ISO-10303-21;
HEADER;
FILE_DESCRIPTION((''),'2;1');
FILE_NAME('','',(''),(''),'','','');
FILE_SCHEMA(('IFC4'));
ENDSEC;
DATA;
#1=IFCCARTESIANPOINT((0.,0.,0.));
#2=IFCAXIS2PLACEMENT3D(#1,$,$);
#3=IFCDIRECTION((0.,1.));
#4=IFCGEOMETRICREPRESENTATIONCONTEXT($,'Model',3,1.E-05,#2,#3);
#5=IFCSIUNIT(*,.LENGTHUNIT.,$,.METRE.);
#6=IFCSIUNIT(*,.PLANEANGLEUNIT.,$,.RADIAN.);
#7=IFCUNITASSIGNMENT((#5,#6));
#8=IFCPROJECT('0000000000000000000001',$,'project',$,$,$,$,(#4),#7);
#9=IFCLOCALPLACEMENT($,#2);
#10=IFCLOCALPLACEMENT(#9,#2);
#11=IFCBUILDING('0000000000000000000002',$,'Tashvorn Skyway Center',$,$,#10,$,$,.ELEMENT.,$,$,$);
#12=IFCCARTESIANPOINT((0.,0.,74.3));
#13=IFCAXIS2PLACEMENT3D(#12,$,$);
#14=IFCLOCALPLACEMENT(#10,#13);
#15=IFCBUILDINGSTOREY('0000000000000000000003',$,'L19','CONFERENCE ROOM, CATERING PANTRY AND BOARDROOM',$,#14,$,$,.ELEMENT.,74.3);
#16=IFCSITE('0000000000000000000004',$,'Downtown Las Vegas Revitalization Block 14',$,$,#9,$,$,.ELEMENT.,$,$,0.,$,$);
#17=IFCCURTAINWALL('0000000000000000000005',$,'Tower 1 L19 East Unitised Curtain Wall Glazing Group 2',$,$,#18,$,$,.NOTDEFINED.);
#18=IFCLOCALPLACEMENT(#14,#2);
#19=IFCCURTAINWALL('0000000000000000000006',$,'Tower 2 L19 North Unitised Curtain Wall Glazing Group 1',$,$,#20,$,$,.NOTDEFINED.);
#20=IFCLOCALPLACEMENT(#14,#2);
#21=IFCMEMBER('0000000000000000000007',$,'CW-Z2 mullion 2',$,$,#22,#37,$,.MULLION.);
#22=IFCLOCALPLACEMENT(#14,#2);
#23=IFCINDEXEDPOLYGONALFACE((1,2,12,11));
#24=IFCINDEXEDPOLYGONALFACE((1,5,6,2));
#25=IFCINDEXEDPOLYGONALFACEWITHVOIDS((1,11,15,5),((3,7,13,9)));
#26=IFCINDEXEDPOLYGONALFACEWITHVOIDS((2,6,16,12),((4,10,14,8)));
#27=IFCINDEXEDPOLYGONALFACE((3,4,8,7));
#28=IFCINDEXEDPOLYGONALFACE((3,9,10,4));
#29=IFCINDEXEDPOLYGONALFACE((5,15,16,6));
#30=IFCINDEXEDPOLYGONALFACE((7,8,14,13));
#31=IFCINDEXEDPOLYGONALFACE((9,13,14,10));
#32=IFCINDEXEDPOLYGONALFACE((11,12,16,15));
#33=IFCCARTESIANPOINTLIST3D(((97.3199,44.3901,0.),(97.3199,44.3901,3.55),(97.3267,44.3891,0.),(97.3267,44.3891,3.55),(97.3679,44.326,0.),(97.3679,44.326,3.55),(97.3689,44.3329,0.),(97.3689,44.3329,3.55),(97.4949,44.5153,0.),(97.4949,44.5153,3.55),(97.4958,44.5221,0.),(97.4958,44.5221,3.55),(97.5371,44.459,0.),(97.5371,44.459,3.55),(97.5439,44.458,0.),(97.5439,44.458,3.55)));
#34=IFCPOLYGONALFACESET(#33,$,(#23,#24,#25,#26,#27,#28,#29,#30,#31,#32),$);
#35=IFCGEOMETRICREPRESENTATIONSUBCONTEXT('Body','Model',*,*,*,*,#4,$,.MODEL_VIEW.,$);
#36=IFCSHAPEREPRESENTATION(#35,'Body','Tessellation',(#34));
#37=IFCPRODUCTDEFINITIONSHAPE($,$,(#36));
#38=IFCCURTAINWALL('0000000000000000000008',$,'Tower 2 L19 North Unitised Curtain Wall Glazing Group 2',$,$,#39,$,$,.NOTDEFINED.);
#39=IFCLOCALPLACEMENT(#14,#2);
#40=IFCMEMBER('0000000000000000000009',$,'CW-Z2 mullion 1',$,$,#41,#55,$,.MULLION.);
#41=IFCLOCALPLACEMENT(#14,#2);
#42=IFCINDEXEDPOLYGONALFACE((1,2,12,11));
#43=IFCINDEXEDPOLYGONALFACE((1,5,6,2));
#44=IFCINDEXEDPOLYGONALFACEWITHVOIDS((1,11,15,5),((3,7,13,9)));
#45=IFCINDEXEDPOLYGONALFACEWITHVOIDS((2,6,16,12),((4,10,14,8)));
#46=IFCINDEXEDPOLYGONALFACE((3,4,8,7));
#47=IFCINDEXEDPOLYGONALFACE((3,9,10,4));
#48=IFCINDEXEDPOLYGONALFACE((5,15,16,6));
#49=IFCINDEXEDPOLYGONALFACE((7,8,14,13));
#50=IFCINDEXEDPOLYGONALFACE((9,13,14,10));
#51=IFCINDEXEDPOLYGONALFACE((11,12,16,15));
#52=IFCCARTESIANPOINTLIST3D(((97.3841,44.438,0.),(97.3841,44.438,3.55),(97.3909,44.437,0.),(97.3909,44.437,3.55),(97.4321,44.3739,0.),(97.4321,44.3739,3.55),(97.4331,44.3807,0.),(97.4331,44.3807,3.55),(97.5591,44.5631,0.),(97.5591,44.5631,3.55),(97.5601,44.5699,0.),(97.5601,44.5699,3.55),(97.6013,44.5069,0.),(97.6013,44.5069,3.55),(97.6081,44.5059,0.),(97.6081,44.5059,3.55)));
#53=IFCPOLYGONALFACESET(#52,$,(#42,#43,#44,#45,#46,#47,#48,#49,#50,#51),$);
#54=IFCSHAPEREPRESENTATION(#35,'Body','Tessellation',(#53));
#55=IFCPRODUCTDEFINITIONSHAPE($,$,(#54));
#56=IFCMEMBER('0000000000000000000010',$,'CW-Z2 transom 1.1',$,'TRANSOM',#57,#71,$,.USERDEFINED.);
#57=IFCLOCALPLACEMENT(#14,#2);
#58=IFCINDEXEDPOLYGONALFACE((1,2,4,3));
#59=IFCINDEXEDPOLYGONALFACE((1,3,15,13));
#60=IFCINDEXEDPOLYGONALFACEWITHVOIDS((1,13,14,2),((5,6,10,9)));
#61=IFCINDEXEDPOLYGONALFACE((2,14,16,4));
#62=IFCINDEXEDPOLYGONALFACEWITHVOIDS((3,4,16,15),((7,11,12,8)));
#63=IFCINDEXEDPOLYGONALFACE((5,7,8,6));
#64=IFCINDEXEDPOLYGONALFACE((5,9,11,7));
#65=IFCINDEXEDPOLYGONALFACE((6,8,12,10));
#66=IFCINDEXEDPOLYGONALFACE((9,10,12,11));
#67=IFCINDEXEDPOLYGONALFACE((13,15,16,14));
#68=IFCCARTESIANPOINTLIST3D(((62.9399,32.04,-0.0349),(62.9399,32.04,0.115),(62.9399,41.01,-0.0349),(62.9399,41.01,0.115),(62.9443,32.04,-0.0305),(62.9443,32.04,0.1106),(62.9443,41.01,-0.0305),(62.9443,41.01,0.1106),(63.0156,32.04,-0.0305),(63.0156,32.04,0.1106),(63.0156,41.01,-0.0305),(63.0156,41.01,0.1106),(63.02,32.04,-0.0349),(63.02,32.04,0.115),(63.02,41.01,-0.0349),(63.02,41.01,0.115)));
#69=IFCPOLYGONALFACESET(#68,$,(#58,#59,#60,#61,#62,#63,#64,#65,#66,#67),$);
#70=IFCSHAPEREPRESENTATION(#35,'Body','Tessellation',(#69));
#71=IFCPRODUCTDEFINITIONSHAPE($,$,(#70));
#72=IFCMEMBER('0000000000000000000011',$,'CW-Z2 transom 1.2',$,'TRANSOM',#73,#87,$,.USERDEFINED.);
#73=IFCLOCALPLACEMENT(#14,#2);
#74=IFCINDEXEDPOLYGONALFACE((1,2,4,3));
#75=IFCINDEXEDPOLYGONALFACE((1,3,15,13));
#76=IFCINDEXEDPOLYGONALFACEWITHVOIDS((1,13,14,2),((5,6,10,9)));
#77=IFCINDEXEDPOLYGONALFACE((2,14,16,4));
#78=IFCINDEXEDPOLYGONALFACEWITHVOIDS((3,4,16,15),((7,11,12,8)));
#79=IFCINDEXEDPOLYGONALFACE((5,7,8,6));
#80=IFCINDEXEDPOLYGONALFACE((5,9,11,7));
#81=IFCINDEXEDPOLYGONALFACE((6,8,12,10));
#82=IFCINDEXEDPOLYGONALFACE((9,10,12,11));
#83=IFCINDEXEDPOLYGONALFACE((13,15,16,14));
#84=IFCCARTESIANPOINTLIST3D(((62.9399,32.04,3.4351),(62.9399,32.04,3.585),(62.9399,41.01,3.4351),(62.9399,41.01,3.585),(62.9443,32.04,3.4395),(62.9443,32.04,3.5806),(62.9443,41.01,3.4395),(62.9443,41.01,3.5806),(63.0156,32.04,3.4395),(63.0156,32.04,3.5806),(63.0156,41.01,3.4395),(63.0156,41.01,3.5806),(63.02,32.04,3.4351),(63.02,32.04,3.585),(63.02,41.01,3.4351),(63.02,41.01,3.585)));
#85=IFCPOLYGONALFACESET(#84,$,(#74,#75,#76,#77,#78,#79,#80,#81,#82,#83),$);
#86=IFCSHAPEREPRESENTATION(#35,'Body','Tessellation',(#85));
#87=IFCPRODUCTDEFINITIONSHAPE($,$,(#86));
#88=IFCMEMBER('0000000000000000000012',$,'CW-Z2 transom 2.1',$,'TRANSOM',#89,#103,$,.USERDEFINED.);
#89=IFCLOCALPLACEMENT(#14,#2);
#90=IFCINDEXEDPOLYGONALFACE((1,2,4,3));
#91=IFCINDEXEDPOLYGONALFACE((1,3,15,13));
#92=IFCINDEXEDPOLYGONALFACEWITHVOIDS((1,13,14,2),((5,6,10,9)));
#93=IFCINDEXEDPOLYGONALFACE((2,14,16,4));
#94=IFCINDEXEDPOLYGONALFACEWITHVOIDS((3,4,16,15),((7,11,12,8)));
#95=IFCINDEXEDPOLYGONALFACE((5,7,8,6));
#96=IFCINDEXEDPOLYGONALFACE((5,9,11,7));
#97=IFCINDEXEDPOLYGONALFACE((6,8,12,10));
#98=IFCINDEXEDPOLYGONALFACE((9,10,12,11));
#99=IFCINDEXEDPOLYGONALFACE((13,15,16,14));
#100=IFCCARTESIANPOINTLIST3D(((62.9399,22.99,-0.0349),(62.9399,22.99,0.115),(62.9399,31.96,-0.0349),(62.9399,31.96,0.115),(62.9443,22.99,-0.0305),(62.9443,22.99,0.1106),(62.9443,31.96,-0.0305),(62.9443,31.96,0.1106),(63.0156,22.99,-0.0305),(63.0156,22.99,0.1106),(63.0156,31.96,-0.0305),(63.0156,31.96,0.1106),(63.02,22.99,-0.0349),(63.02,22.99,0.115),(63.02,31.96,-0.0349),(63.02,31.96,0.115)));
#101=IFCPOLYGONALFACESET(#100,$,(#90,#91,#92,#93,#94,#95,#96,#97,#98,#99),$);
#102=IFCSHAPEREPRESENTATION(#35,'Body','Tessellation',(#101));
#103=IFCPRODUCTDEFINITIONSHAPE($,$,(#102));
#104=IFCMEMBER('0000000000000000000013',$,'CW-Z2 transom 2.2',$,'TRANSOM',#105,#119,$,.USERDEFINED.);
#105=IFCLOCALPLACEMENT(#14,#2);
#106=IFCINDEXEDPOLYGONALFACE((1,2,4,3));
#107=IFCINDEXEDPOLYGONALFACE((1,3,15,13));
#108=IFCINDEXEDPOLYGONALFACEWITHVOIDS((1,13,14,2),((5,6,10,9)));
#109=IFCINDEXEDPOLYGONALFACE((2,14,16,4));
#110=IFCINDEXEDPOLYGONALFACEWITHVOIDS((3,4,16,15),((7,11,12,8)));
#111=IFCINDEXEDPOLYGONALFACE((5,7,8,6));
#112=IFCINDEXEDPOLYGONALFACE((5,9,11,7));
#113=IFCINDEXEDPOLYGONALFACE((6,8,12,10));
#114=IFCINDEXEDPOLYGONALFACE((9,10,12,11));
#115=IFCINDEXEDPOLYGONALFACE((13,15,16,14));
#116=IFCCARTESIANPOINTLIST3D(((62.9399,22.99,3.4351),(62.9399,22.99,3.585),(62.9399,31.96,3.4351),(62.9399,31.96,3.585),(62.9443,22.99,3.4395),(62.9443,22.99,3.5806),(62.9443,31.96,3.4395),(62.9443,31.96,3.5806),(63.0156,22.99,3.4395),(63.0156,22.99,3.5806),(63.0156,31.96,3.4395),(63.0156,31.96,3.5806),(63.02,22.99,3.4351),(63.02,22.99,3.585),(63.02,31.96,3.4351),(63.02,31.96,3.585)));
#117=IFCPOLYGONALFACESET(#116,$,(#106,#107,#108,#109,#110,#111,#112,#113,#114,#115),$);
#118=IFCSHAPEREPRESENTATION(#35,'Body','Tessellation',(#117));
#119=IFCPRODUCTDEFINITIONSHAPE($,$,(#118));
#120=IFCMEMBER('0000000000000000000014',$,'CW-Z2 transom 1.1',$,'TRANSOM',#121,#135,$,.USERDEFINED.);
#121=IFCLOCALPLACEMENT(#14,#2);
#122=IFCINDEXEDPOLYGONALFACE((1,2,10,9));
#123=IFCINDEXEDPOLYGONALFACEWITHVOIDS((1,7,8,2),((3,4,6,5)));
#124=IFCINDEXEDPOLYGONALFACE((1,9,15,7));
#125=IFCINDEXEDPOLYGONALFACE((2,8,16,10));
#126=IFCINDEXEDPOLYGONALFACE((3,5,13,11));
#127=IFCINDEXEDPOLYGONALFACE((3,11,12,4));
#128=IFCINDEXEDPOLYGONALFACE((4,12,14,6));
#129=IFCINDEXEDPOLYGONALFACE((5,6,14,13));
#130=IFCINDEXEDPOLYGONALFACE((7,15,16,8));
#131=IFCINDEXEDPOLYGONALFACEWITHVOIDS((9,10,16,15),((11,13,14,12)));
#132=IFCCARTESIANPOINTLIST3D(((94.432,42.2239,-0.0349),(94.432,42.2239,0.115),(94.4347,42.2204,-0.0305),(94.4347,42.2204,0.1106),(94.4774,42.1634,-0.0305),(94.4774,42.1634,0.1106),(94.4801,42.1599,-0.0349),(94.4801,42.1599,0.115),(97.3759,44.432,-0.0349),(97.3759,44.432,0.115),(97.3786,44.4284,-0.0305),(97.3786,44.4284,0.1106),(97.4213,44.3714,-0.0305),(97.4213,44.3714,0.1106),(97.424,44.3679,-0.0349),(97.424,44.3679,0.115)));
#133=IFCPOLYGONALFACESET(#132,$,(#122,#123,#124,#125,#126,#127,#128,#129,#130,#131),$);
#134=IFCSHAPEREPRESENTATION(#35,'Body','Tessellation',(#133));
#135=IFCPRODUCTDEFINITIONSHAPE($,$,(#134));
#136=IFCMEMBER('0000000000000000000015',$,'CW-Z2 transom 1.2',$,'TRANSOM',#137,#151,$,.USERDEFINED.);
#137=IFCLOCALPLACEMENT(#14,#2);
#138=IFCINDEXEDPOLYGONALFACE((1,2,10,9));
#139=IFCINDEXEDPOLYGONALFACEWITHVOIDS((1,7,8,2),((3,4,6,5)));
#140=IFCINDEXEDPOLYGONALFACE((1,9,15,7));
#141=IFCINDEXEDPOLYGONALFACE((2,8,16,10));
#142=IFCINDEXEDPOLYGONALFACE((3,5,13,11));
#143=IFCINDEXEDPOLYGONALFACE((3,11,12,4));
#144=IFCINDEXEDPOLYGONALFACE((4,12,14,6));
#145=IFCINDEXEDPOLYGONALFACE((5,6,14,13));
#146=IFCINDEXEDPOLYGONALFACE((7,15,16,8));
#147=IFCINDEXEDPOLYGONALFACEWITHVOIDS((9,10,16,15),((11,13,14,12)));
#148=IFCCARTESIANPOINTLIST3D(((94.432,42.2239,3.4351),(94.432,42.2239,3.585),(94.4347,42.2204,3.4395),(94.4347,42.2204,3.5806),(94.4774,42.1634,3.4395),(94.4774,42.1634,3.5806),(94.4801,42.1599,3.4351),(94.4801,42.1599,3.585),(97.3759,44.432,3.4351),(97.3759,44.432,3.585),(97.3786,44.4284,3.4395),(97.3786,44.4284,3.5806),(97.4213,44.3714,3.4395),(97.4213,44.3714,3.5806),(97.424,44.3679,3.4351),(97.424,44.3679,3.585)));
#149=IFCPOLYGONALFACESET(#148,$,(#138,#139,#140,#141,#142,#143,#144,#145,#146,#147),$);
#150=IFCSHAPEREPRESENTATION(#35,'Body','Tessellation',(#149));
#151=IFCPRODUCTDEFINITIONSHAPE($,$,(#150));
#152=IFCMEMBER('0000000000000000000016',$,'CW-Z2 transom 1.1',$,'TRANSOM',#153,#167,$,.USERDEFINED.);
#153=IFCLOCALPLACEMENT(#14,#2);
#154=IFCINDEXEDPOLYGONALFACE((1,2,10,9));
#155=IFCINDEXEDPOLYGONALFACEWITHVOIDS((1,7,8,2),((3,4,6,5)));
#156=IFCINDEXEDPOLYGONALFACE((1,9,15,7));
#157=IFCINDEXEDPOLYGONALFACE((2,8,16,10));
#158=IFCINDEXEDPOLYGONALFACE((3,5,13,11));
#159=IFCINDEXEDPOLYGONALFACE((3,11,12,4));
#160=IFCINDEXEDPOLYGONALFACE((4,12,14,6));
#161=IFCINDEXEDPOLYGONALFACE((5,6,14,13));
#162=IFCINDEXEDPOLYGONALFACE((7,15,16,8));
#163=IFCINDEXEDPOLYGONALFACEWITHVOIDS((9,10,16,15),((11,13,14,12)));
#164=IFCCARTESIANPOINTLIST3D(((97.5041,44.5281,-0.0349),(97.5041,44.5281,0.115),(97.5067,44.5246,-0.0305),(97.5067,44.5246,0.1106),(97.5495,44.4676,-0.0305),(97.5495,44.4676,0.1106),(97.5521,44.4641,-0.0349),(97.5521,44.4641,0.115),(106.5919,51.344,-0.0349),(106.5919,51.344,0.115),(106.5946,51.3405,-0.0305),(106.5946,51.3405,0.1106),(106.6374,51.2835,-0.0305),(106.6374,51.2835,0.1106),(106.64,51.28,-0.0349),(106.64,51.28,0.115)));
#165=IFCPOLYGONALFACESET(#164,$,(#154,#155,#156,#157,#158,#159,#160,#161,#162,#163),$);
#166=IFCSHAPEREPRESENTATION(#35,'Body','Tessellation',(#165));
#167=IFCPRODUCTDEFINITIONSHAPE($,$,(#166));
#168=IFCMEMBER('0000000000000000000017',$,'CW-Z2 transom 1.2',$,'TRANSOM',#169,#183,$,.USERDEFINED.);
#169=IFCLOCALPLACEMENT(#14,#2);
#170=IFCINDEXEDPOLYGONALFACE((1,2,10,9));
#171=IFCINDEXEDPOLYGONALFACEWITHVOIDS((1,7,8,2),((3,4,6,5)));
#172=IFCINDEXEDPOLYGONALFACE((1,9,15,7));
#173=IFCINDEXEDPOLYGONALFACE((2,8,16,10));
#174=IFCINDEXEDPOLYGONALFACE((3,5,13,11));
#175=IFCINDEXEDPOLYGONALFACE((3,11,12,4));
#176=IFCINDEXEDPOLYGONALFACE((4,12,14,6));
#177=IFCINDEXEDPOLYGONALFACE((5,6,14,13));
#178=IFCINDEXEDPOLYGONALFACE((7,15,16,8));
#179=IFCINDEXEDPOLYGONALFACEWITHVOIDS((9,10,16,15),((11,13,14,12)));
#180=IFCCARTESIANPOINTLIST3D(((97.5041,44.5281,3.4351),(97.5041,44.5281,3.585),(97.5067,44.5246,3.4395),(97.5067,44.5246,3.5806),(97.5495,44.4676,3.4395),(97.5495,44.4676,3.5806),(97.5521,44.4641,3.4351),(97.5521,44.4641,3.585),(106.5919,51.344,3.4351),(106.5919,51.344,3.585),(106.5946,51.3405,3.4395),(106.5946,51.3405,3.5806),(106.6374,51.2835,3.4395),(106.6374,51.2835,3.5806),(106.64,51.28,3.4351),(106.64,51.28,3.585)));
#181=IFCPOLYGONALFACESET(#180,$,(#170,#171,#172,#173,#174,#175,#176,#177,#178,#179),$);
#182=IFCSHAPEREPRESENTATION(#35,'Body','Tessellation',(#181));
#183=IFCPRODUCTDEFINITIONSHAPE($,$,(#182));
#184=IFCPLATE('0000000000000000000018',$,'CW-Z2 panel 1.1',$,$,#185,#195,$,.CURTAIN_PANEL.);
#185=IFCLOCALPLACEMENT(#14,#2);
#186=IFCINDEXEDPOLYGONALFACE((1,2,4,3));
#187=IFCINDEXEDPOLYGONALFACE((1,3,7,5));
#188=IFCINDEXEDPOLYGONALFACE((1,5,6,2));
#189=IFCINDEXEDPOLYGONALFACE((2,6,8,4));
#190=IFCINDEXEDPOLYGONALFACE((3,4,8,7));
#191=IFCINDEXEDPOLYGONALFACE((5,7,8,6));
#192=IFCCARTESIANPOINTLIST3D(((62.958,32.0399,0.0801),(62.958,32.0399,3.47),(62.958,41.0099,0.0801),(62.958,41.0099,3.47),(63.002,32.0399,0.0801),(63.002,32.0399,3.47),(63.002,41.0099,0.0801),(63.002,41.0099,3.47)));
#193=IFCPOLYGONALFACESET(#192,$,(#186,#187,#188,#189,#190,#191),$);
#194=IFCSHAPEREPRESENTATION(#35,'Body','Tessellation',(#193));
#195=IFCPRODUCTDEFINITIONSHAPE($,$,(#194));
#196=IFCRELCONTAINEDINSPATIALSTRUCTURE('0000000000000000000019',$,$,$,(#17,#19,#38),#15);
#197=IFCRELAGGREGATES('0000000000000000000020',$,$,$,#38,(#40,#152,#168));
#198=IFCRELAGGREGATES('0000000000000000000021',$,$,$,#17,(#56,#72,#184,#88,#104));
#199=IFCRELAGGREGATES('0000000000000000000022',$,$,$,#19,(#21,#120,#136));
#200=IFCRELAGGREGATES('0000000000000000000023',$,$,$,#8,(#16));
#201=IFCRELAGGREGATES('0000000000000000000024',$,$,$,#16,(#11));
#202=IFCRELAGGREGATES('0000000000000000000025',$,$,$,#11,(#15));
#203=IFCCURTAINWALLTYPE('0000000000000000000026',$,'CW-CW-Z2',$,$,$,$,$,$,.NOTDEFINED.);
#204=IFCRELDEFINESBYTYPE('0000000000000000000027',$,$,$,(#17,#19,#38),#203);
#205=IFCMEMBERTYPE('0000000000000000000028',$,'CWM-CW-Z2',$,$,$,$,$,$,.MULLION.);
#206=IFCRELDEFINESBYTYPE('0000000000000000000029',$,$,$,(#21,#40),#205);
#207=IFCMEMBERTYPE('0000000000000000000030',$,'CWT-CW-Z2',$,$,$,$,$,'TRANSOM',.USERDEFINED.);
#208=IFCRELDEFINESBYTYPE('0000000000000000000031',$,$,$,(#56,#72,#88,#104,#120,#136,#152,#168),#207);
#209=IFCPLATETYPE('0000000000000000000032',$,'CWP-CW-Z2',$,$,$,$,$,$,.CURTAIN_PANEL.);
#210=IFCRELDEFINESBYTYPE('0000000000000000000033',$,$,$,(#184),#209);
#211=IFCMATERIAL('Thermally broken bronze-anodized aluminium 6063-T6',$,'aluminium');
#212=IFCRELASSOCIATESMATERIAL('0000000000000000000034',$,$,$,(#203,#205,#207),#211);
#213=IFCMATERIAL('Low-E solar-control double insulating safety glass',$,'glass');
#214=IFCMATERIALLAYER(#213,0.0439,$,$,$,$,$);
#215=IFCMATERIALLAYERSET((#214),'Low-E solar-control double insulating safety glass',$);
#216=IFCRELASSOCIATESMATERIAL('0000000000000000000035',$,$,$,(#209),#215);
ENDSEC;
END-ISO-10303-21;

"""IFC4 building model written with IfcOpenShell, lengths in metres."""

from ifc_helpers import new_model, si_unit, direction, frame, origin, origin_2d, place, context, subcontext, project, spatial, rectangle, hollow_rectangle, extrude, material, layer, layer_set, material_profile, profile_set, type_object, element, aggregate, save


model = new_model("IFC4")

# Units and contexts
model_context = context("Model", 3, precision=1e-05, world=origin(), true_north=direction((0.0, 1.0)))
body_context = subcontext(model_context, "Body", "Model", "MODEL_VIEW")
ifc_project = project(units=[si_unit("LENGTHUNIT", "METRE"), si_unit("PLANEANGLEUNIT", "RADIAN")], contexts=[model_context])

# Site, building, storey
site_placement = place(None, origin())
site = spatial("IfcSite", under=ifc_project, at=site_placement, Name="Downtown Las Vegas Revitalization Block 14", CompositionType="ELEMENT", RefElevation=0.0)
building_placement = place(site_placement, origin())
building = spatial("IfcBuilding", under=site, at=building_placement, Name="Tashvorn Skyway Center", CompositionType="ELEMENT")
storey_placement = place(building_placement, frame((0.0, 0.0, 74.3)))
storey = spatial("IfcBuildingStorey", under=building, at=storey_placement, Name="L19", Description="CONFERENCE ROOM, CATERING PANTRY AND BOARDROOM", CompositionType="ELEMENT", Elevation=74.3)

# Curtain walls, member
ifc_material_1 = material(Name="Thermally broken bronze-anodized aluminium 6063-T6", Category="aluminium")
curtain_wall_type = type_object("IfcCurtainWallType", Name="CW-CW-Z2", PredefinedType="NOTDEFINED", material=ifc_material_1)
curtain_wall_1_placement = place(storey_placement, origin())
curtain_wall_1 = element("IfcCurtainWall", 1, at=curtain_wall_1_placement, inside=storey, type_object=curtain_wall_type, Name="Tower 1 L19 East Unitised Curtain Wall Glazing Group 2", PredefinedType="NOTDEFINED")
ifc_material_profile_1 = material_profile(ifc_material_1, hollow_rectangle(XDim=0.0801, YDim=0.22, WallThickness=0.0049, at=origin_2d()), Name="ALU-MULL-80x220")
ifc_profile_set_1 = profile_set([ifc_material_profile_1], Name="Thermally broken bronze-anodized aluminium 6063-T6")
member_type_1 = type_object("IfcMemberType", Name="CWM-CW-Z2", PredefinedType="MULLION", material=ifc_profile_set_1)
curtain_wall_2_placement = place(storey_placement, origin())
curtain_wall_2 = element("IfcCurtainWall", 2, at=curtain_wall_2_placement, inside=storey, type_object=curtain_wall_type, Name="Tower 2 L19 North Unitised Curtain Wall Glazing Group 1", PredefinedType="NOTDEFINED")
member_1_placement = place(storey_placement, frame((97.4319, 44.4241, 0.0), z_axis=(0.0, 0.0, 1.0), x_axis=(-0.6, 0.8, 0.0)))
member_1 = element("IfcMember", 3, at=member_1_placement, type_object=member_type_1, Name="CW-Z2 mullion 2", PredefinedType="MULLION", context=body_context, shape_type="SweptSolid", body=[
    extrude(hollow_rectangle(XDim=0.0801, YDim=0.22, WallThickness=0.0049, at=origin_2d()), origin(), (0.0, 0.0, 1.0), 3.55),
])

# Curtain wall, member
curtain_wall_3_placement = place(storey_placement, origin())
curtain_wall_3 = element("IfcCurtainWall", 4, at=curtain_wall_3_placement, inside=storey, type_object=curtain_wall_type, Name="Tower 2 L19 North Unitised Curtain Wall Glazing Group 2", PredefinedType="NOTDEFINED")
member_2_placement = place(storey_placement, frame((97.4961, 44.4719, 0.0), z_axis=(0.0, 0.0, 1.0), x_axis=(-0.6, 0.8, 0.0)))
member_2 = element("IfcMember", 5, at=member_2_placement, type_object=member_type_1, Name="CW-Z2 mullion 1", PredefinedType="MULLION", context=body_context, shape_type="SweptSolid", body=[
    extrude(hollow_rectangle(XDim=0.0801, YDim=0.22, WallThickness=0.0049, at=origin_2d()), origin(), (0.0, 0.0, 1.0), 3.55),
])

# Members
ifc_material_profile_2 = material_profile(ifc_material_1, hollow_rectangle(XDim=0.0801, YDim=0.1499, WallThickness=0.0044, at=origin_2d()), Name="ALU-TRAN-80x150")
ifc_profile_set_2 = profile_set([ifc_material_profile_2], Name="Thermally broken bronze-anodized aluminium 6063-T6")
member_type_2 = type_object("IfcMemberType", Name="CWT-CW-Z2", ElementType="TRANSOM", PredefinedType="USERDEFINED", material=ifc_profile_set_2)
member_3_placement = place(storey_placement, frame((62.98, 41.01, 0.04), z_axis=(0.0, -1.0, 0.0), x_axis=(1.0, 0.0, 0.0)))
member_3 = element("IfcMember", 6, at=member_3_placement, type_object=member_type_2, Name="CW-Z2 transom 1.1", ObjectType="TRANSOM", PredefinedType="USERDEFINED", context=body_context, shape_type="SweptSolid", body=[
    extrude(hollow_rectangle(XDim=0.0801, YDim=0.1499, WallThickness=0.0044, at=origin_2d()), origin(), (0.0, 0.0, 1.0), 8.97),
])
member_4_placement = place(storey_placement, frame((62.98, 41.01, 3.51), z_axis=(0.0, -1.0, 0.0), x_axis=(1.0, 0.0, 0.0)))
member_4 = element("IfcMember", 7, at=member_4_placement, type_object=member_type_2, Name="CW-Z2 transom 1.2", ObjectType="TRANSOM", PredefinedType="USERDEFINED", context=body_context, shape_type="SweptSolid", body=[
    extrude(hollow_rectangle(XDim=0.0801, YDim=0.1499, WallThickness=0.0044, at=origin_2d()), origin(), (0.0, 0.0, 1.0), 8.97),
])
member_5_placement = place(storey_placement, frame((62.98, 31.96, 0.04), z_axis=(0.0, -1.0, 0.0), x_axis=(1.0, 0.0, 0.0)))
member_5 = element("IfcMember", 8, at=member_5_placement, type_object=member_type_2, Name="CW-Z2 transom 2.1", ObjectType="TRANSOM", PredefinedType="USERDEFINED", context=body_context, shape_type="SweptSolid", body=[
    extrude(hollow_rectangle(XDim=0.0801, YDim=0.1499, WallThickness=0.0044, at=origin_2d()), origin(), (0.0, 0.0, 1.0), 8.97),
])
member_6_placement = place(storey_placement, frame((62.98, 31.96, 3.51), z_axis=(0.0, -1.0, 0.0), x_axis=(1.0, 0.0, 0.0)))
member_6 = element("IfcMember", 9, at=member_6_placement, type_object=member_type_2, Name="CW-Z2 transom 2.2", ObjectType="TRANSOM", PredefinedType="USERDEFINED", context=body_context, shape_type="SweptSolid", body=[
    extrude(hollow_rectangle(XDim=0.0801, YDim=0.1499, WallThickness=0.0044, at=origin_2d()), origin(), (0.0, 0.0, 1.0), 8.97),
])
member_7_placement = place(storey_placement, frame((94.4561, 42.1919, 0.04), z_axis=(0.799984, 0.600021, 0.0), x_axis=(-0.600021, 0.799984, 0.0)))
member_7 = element("IfcMember", 10, at=member_7_placement, type_object=member_type_2, Name="CW-Z2 transom 1.1", ObjectType="TRANSOM", PredefinedType="USERDEFINED", context=body_context, shape_type="SweptSolid", body=[
    extrude(hollow_rectangle(XDim=0.0801, YDim=0.1499, WallThickness=0.0044, at=origin_2d()), origin(), (0.0, 0.0, 1.0), 3.6799),
])
member_8_placement = place(storey_placement, frame((94.4561, 42.1919, 3.51), z_axis=(0.799984, 0.600021, 0.0), x_axis=(-0.600021, 0.799984, 0.0)))
member_8 = element("IfcMember", 11, at=member_8_placement, type_object=member_type_2, Name="CW-Z2 transom 1.2", ObjectType="TRANSOM", PredefinedType="USERDEFINED", context=body_context, shape_type="SweptSolid", body=[
    extrude(hollow_rectangle(XDim=0.0801, YDim=0.1499, WallThickness=0.0044, at=origin_2d()), origin(), (0.0, 0.0, 1.0), 3.6799),
])
member_9_placement = place(storey_placement, frame((97.5281, 44.4961, 0.04), z_axis=(0.8, 0.6, 0.0), x_axis=(-0.6, 0.8, 0.0)))
member_9 = element("IfcMember", 12, at=member_9_placement, type_object=member_type_2, Name="CW-Z2 transom 1.1", ObjectType="TRANSOM", PredefinedType="USERDEFINED", context=body_context, shape_type="SweptSolid", body=[
    extrude(hollow_rectangle(XDim=0.0801, YDim=0.1499, WallThickness=0.0044, at=origin_2d()), origin(), (0.0, 0.0, 1.0), 11.3599),
])
member_10_placement = place(storey_placement, frame((97.5281, 44.4961, 3.51), z_axis=(0.8, 0.6, 0.0), x_axis=(-0.6, 0.8, 0.0)))
member_10 = element("IfcMember", 13, at=member_10_placement, type_object=member_type_2, Name="CW-Z2 transom 1.2", ObjectType="TRANSOM", PredefinedType="USERDEFINED", context=body_context, shape_type="SweptSolid", body=[
    extrude(hollow_rectangle(XDim=0.0801, YDim=0.1499, WallThickness=0.0044, at=origin_2d()), origin(), (0.0, 0.0, 1.0), 11.3599),
])
aggregate(curtain_wall_3, [member_2, member_9, member_10])

# Plate
ifc_material_2 = material(Name="Low-E solar-control double insulating safety glass", Category="glass")
ifc_layer_1 = layer(ifc_material_2, 0.0439)
ifc_layer_set_1 = layer_set([ifc_layer_1], Name="Low-E solar-control double insulating safety glass")
plate_type = type_object("IfcPlateType", Name="CWP-CW-Z2", PredefinedType="CURTAIN_PANEL", material=ifc_layer_set_1)
plate_1_placement = place(storey_placement, frame((62.98, 36.5249, 0.0801), z_axis=(0.0, 0.0, 1.0), x_axis=(0.0, -1.0, 0.0)))
plate_1 = element("IfcPlate", 14, at=plate_1_placement, type_object=plate_type, Name="CW-Z2 panel 1.1", PredefinedType="CURTAIN_PANEL", context=body_context, shape_type="SweptSolid", body=[
    extrude(rectangle(XDim=8.97, YDim=0.0439, at=origin_2d()), origin(), (0.0, 0.0, 1.0), 3.3899),
])
aggregate(curtain_wall_1, [member_3, member_4, plate_1, member_5, member_6])
aggregate(curtain_wall_2, [member_1, member_7, member_8])

save(model, "model.ifc")
